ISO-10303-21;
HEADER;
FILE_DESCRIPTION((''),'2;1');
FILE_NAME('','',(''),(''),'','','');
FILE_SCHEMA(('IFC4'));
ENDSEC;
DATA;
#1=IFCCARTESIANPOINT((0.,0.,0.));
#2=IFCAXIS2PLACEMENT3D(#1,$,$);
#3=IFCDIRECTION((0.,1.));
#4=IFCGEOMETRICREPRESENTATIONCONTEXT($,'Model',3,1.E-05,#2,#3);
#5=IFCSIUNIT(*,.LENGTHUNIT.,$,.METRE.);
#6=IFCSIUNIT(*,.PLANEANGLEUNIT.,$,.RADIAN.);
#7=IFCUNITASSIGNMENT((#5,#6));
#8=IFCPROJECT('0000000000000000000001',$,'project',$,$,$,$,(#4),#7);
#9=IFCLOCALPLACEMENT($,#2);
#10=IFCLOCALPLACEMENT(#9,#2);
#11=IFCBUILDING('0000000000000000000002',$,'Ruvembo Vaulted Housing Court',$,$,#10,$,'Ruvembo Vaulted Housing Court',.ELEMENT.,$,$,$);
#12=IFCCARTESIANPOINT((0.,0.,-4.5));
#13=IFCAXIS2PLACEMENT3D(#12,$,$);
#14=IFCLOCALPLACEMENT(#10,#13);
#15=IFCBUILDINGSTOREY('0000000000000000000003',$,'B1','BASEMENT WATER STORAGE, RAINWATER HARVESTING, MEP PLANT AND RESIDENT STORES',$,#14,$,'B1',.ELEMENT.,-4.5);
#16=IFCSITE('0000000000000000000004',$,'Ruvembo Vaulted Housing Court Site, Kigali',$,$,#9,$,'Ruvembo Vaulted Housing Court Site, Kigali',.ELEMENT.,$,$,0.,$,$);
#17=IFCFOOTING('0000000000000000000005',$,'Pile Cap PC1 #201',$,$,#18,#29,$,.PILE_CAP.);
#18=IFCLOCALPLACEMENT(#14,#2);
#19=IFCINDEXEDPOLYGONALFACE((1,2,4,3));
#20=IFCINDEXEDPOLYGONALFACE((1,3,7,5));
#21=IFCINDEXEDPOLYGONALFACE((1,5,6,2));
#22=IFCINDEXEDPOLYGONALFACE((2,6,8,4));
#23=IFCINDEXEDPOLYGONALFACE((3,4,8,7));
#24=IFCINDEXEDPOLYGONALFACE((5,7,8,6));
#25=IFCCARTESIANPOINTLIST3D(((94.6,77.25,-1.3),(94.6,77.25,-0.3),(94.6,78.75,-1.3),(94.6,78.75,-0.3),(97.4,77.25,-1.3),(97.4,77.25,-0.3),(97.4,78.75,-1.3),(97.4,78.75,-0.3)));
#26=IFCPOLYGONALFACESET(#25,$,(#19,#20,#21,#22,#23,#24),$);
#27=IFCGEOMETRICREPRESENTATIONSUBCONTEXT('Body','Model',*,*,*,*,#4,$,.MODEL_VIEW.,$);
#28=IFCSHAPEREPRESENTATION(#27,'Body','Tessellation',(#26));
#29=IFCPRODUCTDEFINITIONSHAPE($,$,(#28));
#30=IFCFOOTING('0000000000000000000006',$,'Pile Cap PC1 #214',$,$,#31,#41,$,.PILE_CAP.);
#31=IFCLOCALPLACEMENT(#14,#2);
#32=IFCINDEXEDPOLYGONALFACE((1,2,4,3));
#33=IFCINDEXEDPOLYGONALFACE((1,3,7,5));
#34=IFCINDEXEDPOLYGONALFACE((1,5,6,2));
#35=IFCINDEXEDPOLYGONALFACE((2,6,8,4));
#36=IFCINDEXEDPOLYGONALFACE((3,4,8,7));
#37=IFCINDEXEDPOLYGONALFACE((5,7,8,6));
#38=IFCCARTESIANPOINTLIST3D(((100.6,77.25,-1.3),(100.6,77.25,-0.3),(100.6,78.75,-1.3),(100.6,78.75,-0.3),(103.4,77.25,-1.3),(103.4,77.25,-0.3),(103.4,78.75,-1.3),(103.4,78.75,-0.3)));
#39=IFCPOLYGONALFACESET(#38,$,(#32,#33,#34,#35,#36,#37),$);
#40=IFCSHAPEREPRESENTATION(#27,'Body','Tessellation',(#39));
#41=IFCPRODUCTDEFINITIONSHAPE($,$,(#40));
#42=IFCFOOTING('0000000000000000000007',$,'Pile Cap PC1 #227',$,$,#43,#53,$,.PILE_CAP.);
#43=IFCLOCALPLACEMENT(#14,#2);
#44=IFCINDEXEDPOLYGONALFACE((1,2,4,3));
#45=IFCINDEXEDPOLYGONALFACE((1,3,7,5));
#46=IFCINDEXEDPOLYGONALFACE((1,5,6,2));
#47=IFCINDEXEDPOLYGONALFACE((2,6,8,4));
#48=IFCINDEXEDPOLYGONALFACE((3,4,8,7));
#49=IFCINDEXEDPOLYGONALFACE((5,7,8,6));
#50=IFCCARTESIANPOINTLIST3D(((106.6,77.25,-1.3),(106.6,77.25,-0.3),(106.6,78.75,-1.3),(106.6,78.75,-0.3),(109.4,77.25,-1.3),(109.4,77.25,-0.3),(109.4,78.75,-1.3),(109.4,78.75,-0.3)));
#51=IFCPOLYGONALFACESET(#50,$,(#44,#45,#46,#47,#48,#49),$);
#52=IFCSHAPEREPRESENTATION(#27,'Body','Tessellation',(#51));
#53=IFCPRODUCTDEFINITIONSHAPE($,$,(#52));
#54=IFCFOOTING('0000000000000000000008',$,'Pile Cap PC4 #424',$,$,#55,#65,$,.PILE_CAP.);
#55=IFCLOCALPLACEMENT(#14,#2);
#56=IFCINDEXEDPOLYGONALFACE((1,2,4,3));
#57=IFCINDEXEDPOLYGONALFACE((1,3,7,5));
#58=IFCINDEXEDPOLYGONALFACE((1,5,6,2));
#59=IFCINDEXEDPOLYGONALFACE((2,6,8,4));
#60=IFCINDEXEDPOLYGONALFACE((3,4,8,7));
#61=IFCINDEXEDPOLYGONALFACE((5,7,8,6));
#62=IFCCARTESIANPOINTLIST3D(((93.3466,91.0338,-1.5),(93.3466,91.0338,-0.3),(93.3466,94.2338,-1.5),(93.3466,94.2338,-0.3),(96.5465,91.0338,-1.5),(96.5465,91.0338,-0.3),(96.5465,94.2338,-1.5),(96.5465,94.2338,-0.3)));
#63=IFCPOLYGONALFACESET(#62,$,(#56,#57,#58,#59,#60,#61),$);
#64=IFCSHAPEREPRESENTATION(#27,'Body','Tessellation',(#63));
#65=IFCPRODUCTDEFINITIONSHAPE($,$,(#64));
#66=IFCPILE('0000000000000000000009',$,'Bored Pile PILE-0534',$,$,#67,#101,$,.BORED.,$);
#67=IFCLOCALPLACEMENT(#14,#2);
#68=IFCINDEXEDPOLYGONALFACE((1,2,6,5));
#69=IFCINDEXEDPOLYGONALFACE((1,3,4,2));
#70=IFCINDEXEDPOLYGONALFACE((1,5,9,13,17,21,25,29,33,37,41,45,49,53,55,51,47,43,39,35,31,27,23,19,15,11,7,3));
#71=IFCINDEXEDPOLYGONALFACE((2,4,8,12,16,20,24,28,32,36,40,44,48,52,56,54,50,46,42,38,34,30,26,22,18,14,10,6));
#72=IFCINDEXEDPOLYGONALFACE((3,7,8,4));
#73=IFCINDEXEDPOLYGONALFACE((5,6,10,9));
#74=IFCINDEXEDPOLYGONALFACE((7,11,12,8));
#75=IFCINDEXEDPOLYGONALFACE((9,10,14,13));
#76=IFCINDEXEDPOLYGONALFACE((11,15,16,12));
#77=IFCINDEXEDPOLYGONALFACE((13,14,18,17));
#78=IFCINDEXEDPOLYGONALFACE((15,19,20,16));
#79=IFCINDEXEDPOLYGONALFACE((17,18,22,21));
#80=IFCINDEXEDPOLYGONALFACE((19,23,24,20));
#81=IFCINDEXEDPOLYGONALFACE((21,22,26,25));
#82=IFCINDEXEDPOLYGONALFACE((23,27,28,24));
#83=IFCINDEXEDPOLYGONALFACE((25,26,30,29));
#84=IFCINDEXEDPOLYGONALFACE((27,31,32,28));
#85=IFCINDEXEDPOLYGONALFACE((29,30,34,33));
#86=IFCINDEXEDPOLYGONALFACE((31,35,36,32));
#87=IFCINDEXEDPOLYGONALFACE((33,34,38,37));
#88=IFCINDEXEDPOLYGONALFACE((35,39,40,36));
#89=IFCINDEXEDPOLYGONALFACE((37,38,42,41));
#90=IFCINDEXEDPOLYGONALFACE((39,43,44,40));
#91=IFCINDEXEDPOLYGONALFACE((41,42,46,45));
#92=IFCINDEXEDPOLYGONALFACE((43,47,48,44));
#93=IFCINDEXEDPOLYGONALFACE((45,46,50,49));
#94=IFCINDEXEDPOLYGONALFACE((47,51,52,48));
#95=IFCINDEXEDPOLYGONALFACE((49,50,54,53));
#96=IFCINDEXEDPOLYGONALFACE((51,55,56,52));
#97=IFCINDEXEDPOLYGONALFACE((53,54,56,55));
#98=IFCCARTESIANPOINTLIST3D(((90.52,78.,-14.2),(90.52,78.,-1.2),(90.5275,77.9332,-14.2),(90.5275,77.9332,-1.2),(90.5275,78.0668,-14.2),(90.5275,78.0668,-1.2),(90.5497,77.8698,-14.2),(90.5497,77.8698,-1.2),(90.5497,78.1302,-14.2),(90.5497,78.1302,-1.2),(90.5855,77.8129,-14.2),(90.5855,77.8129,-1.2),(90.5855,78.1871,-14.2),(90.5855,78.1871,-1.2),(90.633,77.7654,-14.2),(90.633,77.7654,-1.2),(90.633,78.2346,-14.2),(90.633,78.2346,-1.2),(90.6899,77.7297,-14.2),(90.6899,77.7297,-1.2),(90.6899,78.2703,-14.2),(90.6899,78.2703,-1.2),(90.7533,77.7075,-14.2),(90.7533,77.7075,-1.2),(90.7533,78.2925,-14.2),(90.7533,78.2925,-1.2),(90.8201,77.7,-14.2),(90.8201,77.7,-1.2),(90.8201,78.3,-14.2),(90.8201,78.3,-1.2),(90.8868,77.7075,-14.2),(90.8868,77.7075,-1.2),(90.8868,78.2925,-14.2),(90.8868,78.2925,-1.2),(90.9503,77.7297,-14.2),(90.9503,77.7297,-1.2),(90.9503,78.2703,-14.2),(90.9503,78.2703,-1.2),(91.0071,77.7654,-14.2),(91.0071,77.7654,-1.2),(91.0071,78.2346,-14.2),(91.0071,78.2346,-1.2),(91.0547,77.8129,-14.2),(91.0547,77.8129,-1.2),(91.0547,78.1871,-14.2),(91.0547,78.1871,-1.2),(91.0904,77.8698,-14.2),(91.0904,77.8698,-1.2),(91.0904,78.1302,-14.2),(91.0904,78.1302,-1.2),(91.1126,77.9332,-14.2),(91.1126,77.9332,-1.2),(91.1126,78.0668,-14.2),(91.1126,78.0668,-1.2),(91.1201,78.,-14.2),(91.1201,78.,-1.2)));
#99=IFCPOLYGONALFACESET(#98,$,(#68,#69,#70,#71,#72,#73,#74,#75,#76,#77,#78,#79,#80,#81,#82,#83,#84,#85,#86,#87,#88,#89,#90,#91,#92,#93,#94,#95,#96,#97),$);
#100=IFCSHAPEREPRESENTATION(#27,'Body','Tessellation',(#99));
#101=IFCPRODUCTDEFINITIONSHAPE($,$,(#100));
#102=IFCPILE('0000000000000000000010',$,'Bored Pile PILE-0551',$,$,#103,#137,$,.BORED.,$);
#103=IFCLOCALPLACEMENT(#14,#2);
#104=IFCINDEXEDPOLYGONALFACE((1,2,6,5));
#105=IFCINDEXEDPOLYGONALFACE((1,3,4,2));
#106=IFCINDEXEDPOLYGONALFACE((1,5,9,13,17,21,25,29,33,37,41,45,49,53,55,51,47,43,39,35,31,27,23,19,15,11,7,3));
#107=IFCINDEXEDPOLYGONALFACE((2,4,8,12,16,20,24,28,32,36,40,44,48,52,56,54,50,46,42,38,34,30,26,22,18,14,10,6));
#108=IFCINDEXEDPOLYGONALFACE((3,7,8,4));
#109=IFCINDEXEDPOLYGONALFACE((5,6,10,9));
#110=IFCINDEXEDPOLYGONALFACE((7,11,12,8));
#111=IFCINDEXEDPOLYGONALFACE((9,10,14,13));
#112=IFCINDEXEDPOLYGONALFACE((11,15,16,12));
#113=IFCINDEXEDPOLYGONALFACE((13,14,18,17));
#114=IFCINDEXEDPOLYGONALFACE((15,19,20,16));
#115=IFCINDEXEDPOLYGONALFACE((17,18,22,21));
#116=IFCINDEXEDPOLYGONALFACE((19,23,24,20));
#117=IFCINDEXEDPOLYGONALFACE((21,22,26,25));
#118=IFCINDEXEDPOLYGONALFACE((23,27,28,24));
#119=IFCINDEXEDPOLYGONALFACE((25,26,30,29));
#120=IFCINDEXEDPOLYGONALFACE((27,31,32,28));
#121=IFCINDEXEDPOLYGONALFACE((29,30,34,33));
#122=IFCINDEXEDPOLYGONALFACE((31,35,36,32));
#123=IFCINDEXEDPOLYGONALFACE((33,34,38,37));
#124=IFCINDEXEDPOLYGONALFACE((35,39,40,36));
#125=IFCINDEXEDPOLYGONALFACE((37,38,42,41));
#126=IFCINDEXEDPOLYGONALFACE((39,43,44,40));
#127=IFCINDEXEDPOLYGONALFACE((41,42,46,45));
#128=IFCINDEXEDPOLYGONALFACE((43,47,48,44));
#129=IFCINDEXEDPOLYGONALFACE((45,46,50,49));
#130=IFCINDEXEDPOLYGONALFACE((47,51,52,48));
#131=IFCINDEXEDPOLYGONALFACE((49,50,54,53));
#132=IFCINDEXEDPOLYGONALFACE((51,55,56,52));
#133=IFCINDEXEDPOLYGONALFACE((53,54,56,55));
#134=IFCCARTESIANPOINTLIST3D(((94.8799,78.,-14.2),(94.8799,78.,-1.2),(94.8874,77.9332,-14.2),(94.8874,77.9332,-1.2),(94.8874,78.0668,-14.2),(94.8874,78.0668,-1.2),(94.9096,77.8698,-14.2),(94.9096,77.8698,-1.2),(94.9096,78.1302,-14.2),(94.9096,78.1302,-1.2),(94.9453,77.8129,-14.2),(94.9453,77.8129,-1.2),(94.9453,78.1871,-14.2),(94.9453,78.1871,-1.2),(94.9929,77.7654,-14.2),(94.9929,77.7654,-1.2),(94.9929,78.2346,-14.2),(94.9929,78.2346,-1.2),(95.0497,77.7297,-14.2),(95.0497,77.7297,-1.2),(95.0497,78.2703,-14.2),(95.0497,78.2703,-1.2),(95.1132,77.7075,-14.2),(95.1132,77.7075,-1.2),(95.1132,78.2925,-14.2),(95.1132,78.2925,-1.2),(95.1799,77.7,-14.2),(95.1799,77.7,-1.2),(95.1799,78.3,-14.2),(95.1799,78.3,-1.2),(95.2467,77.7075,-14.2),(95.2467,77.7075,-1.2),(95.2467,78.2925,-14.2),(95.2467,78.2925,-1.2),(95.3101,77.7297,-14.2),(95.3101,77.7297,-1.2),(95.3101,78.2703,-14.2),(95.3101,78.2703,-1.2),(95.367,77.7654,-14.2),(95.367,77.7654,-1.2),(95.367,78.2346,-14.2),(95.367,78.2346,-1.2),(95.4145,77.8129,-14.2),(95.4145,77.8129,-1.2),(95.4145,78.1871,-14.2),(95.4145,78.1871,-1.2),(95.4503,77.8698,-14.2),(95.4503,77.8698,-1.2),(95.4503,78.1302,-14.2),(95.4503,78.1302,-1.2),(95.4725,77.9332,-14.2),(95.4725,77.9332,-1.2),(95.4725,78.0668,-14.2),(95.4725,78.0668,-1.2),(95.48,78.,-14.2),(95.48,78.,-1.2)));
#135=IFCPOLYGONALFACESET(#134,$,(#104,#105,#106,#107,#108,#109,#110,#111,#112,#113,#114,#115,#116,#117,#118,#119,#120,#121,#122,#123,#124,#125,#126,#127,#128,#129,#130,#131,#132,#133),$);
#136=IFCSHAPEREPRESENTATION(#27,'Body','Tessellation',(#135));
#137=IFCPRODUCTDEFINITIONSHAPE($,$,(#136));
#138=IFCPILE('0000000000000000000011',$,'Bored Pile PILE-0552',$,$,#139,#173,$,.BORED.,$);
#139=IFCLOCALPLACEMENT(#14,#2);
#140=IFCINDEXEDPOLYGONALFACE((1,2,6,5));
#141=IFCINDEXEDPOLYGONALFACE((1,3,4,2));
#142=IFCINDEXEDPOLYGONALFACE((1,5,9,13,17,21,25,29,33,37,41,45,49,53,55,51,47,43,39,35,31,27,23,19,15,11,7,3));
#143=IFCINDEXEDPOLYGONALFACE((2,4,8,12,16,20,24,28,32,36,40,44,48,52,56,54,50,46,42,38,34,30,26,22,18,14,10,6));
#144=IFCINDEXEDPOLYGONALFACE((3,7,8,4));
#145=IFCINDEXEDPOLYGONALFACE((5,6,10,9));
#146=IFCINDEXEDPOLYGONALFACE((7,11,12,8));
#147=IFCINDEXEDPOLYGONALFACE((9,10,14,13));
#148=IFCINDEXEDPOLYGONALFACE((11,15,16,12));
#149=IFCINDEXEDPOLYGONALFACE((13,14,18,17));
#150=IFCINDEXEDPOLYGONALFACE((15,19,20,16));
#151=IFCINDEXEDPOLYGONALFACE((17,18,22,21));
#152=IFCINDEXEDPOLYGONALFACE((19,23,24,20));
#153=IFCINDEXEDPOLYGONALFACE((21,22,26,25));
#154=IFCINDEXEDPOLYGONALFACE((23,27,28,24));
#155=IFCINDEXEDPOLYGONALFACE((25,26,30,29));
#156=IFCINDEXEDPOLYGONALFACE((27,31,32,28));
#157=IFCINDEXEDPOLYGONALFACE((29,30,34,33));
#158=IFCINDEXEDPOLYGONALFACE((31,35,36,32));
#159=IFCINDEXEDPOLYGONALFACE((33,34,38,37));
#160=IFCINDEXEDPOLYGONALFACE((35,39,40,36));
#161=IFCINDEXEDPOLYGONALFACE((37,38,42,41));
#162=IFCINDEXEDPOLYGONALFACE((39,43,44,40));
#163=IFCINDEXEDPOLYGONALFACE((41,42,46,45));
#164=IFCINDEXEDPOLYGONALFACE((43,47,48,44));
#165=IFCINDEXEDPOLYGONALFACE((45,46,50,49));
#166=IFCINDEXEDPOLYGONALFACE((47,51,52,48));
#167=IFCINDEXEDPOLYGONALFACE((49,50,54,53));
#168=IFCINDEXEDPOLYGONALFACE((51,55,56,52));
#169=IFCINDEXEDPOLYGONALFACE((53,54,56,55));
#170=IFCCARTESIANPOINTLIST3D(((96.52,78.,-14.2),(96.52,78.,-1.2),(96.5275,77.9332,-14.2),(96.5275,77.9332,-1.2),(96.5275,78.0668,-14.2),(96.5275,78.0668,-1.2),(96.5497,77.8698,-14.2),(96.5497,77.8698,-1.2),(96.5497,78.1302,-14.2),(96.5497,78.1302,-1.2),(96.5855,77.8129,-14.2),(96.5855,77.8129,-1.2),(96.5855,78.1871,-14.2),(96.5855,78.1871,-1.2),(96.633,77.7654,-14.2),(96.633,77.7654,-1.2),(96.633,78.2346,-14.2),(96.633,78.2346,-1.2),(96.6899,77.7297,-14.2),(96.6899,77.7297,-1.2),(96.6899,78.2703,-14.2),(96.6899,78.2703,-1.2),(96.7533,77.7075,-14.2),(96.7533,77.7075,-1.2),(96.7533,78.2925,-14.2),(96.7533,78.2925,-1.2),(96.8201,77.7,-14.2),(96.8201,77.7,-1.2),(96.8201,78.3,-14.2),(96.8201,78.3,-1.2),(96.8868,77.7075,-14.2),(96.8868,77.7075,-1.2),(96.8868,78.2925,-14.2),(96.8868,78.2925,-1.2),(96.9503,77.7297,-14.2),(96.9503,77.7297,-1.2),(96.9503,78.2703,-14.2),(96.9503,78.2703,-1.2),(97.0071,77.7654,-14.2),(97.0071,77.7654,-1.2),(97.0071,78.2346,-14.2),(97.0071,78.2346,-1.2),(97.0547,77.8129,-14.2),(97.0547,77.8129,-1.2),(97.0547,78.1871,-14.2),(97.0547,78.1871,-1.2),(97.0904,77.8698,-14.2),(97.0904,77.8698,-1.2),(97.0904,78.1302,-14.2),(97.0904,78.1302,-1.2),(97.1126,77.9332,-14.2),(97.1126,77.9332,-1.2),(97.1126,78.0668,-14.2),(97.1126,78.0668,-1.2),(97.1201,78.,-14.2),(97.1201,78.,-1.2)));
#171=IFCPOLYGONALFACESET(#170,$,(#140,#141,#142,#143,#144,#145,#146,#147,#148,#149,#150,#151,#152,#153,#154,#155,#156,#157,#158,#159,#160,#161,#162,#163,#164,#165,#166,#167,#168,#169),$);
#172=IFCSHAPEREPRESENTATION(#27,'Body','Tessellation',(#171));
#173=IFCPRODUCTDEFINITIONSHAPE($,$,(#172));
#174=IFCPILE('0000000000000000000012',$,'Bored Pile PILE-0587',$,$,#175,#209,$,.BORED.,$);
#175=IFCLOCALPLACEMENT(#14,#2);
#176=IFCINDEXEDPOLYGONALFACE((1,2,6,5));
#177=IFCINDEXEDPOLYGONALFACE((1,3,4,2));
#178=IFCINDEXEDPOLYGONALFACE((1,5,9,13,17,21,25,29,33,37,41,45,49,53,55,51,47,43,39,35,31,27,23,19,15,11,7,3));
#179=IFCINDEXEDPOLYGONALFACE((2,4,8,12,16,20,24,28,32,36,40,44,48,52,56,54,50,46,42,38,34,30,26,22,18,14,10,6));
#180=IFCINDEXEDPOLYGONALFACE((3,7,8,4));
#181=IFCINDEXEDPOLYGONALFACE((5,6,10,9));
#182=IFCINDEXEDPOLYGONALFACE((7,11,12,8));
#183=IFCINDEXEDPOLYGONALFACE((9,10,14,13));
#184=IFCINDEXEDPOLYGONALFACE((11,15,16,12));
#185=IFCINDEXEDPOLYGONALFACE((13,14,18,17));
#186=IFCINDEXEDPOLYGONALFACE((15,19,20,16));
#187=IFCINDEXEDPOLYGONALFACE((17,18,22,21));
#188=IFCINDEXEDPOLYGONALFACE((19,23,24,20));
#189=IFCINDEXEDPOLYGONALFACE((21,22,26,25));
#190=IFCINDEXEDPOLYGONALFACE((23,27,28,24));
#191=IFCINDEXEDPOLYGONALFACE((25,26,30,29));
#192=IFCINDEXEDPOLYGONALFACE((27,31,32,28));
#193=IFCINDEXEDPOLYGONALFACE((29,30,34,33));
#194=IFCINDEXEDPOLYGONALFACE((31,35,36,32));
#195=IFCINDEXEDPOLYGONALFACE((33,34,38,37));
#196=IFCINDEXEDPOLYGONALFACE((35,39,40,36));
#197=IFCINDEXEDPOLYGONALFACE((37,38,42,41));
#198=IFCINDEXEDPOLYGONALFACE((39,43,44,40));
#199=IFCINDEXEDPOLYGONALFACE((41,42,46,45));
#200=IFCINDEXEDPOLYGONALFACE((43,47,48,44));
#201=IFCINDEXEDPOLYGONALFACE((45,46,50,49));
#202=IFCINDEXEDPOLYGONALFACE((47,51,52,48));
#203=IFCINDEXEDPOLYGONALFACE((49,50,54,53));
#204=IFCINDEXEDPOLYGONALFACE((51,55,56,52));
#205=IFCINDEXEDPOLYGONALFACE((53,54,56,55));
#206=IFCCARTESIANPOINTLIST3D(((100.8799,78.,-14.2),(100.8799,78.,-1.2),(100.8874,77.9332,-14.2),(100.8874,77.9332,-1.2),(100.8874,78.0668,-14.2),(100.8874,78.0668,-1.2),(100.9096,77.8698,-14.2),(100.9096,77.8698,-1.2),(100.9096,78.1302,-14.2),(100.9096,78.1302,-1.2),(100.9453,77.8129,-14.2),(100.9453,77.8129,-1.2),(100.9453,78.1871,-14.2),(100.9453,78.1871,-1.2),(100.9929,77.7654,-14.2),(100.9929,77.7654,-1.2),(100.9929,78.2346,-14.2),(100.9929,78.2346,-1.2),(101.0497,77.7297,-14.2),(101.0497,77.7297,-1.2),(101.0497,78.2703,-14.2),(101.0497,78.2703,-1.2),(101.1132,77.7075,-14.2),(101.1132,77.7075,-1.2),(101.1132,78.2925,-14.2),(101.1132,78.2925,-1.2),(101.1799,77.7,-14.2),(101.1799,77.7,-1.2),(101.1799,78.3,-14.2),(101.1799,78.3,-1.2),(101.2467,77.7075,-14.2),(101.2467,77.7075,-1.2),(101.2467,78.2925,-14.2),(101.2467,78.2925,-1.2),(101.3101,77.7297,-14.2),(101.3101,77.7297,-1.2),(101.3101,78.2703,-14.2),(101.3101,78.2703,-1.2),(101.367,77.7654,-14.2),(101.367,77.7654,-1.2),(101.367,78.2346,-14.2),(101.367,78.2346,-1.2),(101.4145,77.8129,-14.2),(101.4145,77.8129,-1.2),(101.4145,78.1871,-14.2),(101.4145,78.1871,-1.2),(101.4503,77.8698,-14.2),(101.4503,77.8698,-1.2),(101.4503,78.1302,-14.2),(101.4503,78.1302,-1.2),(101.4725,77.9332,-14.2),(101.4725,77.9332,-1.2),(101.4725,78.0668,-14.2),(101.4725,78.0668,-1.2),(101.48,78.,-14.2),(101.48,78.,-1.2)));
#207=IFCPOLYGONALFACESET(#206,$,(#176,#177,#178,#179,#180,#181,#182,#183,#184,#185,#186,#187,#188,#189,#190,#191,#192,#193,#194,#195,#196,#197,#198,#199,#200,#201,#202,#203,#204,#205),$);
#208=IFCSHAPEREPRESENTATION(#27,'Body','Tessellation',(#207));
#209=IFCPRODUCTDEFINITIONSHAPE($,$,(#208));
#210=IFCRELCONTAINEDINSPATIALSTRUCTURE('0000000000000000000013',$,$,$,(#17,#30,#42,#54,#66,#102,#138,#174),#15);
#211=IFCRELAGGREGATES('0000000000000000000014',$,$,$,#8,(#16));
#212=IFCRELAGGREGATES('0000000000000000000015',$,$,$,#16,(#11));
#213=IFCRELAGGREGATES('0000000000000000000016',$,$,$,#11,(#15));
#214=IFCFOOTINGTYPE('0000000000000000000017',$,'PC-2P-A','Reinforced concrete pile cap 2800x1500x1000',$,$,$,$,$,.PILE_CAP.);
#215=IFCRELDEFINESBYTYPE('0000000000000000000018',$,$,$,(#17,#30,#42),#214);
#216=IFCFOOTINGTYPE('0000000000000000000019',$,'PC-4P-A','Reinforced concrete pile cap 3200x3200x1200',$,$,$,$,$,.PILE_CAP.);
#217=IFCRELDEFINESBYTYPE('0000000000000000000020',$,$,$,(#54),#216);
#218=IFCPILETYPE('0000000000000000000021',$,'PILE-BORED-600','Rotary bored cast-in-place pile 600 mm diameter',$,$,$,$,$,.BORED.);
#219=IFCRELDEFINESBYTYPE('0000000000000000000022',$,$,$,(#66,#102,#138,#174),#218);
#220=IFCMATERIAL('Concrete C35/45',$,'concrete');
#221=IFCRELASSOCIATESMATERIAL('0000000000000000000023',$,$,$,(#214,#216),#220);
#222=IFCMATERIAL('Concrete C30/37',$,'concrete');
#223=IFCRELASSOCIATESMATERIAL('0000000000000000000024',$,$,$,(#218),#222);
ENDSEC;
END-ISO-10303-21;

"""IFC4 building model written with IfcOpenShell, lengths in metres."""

from ifc_helpers import new_model, si_unit, direction, frame, origin, origin_2d, place, context, subcontext, project, spatial, rectangle, circle, extrude, material, material_profile, profile_set, type_object, element, save


model = new_model("IFC4")

# Units and contexts
model_context = context("Model", 3, precision=1e-05, world=origin(), true_north=direction((0.0, 1.0)))
body_context = subcontext(model_context, "Body", "Model", "MODEL_VIEW")
ifc_project = project(units=[si_unit("LENGTHUNIT", "METRE"), si_unit("PLANEANGLEUNIT", "RADIAN")], contexts=[model_context])

# Site, building, storey
site_placement = place(None, origin())
site = spatial("IfcSite", under=ifc_project, at=site_placement, Name="Ruvembo Vaulted Housing Court Site, Kigali", LongName="Ruvembo Vaulted Housing Court Site, Kigali", CompositionType="ELEMENT", RefElevation=0.0)
building_placement = place(site_placement, origin())
building = spatial("IfcBuilding", under=site, at=building_placement, Name="Ruvembo Vaulted Housing Court", LongName="Ruvembo Vaulted Housing Court", CompositionType="ELEMENT")
storey_placement = place(building_placement, frame((0.0, 0.0, -4.5)))
storey = spatial("IfcBuildingStorey", under=building, at=storey_placement, Name="B1", Description="BASEMENT WATER STORAGE, RAINWATER HARVESTING, MEP PLANT AND RESIDENT STORES", LongName="B1", CompositionType="ELEMENT", Elevation=-4.5)

# Footings
ifc_material_1 = material(Name="Concrete C35/45", Category="concrete")
footing_type_1 = type_object("IfcFootingType", Name="PC-2P-A", Description="Reinforced concrete pile cap 2800x1500x1000", PredefinedType="PILE_CAP", material=ifc_material_1)
for number, where, z_axis, x_axis, name in (
    (1, (96.0, 78.0, -1.3), (0.0, 0.0, 1.0), (1.0, 0.0, 0.0), "Pile Cap PC1 #201"),
    (2, (102.0, 78.0, -1.3), (0.0, 0.0, 1.0), (1.0, 0.0, 0.0), "Pile Cap PC1 #214"),
    (3, (108.0, 78.0, -1.3), (0.0, 0.0, 1.0), (1.0, 0.0, 0.0), "Pile Cap PC1 #227"),
):
    element("IfcFooting", number, at=place(storey_placement, frame(where, z_axis=z_axis, x_axis=x_axis)), inside=storey, type_object=footing_type_1, Name=name, PredefinedType="PILE_CAP", context=body_context, shape_type="SweptSolid", body=[
        extrude(rectangle(XDim=2.8, YDim=1.5, at=origin_2d()), origin(), (0.0, 0.0, 1.0), 1.0),
    ])
footing_type_2 = type_object("IfcFootingType", Name="PC-4P-A", Description="Reinforced concrete pile cap 3200x3200x1200", PredefinedType="PILE_CAP", material=ifc_material_1)
footing_placement = place(storey_placement, frame((94.9465, 92.6338, -1.5), z_axis=(0.0, 0.0, 1.0), x_axis=(1.0, 0.0, 0.0)))
element("IfcFooting", 4, at=footing_placement, inside=storey, type_object=footing_type_2, Name="Pile Cap PC4 #424", PredefinedType="PILE_CAP", context=body_context, shape_type="SweptSolid", body=[
    extrude(rectangle(XDim=3.2, YDim=3.2, at=origin_2d()), origin(), (0.0, 0.0, 1.0), 1.2),
])

# Piles
ifc_material_2 = material(Name="Concrete C30/37", Category="concrete")
ifc_material_profile_1 = material_profile(ifc_material_2, circle(Radius=0.3, at=origin_2d()), Name="PILE D600")
ifc_profile_set_1 = profile_set([ifc_material_profile_1], Name="Concrete C30/37")
pile_type_1 = type_object("IfcPileType", Name="PILE-BORED-600", Description="Rotary bored cast-in-place pile 600 mm diameter", PredefinedType="BORED", material=ifc_profile_set_1)
for number, where, z_axis, x_axis, name in (
    (5, (90.8201, 78.0, -1.2), (0.0, 0.0, -1.0), (1.0, 0.0, 0.0), "Bored Pile PILE-0534"),
    (6, (95.1799, 78.0, -1.2), (0.0, 0.0, -1.0), (1.0, 0.0, 0.0), "Bored Pile PILE-0551"),
    (7, (96.8201, 78.0, -1.2), (0.0, 0.0, -1.0), (1.0, 0.0, 0.0), "Bored Pile PILE-0552"),
    (8, (101.1799, 78.0, -1.2), (0.0, 0.0, -1.0), (1.0, 0.0, 0.0), "Bored Pile PILE-0587"),
):
    element("IfcPile", number, at=place(storey_placement, frame(where, z_axis=z_axis, x_axis=x_axis)), inside=storey, type_object=pile_type_1, Name=name, PredefinedType="BORED", context=body_context, shape_type="SweptSolid", body=[
        extrude(circle(Radius=0.3, at=origin_2d()), origin(), (0.0, 0.0, 1.0), 13.0),
    ])

save(model, "model.ifc")
